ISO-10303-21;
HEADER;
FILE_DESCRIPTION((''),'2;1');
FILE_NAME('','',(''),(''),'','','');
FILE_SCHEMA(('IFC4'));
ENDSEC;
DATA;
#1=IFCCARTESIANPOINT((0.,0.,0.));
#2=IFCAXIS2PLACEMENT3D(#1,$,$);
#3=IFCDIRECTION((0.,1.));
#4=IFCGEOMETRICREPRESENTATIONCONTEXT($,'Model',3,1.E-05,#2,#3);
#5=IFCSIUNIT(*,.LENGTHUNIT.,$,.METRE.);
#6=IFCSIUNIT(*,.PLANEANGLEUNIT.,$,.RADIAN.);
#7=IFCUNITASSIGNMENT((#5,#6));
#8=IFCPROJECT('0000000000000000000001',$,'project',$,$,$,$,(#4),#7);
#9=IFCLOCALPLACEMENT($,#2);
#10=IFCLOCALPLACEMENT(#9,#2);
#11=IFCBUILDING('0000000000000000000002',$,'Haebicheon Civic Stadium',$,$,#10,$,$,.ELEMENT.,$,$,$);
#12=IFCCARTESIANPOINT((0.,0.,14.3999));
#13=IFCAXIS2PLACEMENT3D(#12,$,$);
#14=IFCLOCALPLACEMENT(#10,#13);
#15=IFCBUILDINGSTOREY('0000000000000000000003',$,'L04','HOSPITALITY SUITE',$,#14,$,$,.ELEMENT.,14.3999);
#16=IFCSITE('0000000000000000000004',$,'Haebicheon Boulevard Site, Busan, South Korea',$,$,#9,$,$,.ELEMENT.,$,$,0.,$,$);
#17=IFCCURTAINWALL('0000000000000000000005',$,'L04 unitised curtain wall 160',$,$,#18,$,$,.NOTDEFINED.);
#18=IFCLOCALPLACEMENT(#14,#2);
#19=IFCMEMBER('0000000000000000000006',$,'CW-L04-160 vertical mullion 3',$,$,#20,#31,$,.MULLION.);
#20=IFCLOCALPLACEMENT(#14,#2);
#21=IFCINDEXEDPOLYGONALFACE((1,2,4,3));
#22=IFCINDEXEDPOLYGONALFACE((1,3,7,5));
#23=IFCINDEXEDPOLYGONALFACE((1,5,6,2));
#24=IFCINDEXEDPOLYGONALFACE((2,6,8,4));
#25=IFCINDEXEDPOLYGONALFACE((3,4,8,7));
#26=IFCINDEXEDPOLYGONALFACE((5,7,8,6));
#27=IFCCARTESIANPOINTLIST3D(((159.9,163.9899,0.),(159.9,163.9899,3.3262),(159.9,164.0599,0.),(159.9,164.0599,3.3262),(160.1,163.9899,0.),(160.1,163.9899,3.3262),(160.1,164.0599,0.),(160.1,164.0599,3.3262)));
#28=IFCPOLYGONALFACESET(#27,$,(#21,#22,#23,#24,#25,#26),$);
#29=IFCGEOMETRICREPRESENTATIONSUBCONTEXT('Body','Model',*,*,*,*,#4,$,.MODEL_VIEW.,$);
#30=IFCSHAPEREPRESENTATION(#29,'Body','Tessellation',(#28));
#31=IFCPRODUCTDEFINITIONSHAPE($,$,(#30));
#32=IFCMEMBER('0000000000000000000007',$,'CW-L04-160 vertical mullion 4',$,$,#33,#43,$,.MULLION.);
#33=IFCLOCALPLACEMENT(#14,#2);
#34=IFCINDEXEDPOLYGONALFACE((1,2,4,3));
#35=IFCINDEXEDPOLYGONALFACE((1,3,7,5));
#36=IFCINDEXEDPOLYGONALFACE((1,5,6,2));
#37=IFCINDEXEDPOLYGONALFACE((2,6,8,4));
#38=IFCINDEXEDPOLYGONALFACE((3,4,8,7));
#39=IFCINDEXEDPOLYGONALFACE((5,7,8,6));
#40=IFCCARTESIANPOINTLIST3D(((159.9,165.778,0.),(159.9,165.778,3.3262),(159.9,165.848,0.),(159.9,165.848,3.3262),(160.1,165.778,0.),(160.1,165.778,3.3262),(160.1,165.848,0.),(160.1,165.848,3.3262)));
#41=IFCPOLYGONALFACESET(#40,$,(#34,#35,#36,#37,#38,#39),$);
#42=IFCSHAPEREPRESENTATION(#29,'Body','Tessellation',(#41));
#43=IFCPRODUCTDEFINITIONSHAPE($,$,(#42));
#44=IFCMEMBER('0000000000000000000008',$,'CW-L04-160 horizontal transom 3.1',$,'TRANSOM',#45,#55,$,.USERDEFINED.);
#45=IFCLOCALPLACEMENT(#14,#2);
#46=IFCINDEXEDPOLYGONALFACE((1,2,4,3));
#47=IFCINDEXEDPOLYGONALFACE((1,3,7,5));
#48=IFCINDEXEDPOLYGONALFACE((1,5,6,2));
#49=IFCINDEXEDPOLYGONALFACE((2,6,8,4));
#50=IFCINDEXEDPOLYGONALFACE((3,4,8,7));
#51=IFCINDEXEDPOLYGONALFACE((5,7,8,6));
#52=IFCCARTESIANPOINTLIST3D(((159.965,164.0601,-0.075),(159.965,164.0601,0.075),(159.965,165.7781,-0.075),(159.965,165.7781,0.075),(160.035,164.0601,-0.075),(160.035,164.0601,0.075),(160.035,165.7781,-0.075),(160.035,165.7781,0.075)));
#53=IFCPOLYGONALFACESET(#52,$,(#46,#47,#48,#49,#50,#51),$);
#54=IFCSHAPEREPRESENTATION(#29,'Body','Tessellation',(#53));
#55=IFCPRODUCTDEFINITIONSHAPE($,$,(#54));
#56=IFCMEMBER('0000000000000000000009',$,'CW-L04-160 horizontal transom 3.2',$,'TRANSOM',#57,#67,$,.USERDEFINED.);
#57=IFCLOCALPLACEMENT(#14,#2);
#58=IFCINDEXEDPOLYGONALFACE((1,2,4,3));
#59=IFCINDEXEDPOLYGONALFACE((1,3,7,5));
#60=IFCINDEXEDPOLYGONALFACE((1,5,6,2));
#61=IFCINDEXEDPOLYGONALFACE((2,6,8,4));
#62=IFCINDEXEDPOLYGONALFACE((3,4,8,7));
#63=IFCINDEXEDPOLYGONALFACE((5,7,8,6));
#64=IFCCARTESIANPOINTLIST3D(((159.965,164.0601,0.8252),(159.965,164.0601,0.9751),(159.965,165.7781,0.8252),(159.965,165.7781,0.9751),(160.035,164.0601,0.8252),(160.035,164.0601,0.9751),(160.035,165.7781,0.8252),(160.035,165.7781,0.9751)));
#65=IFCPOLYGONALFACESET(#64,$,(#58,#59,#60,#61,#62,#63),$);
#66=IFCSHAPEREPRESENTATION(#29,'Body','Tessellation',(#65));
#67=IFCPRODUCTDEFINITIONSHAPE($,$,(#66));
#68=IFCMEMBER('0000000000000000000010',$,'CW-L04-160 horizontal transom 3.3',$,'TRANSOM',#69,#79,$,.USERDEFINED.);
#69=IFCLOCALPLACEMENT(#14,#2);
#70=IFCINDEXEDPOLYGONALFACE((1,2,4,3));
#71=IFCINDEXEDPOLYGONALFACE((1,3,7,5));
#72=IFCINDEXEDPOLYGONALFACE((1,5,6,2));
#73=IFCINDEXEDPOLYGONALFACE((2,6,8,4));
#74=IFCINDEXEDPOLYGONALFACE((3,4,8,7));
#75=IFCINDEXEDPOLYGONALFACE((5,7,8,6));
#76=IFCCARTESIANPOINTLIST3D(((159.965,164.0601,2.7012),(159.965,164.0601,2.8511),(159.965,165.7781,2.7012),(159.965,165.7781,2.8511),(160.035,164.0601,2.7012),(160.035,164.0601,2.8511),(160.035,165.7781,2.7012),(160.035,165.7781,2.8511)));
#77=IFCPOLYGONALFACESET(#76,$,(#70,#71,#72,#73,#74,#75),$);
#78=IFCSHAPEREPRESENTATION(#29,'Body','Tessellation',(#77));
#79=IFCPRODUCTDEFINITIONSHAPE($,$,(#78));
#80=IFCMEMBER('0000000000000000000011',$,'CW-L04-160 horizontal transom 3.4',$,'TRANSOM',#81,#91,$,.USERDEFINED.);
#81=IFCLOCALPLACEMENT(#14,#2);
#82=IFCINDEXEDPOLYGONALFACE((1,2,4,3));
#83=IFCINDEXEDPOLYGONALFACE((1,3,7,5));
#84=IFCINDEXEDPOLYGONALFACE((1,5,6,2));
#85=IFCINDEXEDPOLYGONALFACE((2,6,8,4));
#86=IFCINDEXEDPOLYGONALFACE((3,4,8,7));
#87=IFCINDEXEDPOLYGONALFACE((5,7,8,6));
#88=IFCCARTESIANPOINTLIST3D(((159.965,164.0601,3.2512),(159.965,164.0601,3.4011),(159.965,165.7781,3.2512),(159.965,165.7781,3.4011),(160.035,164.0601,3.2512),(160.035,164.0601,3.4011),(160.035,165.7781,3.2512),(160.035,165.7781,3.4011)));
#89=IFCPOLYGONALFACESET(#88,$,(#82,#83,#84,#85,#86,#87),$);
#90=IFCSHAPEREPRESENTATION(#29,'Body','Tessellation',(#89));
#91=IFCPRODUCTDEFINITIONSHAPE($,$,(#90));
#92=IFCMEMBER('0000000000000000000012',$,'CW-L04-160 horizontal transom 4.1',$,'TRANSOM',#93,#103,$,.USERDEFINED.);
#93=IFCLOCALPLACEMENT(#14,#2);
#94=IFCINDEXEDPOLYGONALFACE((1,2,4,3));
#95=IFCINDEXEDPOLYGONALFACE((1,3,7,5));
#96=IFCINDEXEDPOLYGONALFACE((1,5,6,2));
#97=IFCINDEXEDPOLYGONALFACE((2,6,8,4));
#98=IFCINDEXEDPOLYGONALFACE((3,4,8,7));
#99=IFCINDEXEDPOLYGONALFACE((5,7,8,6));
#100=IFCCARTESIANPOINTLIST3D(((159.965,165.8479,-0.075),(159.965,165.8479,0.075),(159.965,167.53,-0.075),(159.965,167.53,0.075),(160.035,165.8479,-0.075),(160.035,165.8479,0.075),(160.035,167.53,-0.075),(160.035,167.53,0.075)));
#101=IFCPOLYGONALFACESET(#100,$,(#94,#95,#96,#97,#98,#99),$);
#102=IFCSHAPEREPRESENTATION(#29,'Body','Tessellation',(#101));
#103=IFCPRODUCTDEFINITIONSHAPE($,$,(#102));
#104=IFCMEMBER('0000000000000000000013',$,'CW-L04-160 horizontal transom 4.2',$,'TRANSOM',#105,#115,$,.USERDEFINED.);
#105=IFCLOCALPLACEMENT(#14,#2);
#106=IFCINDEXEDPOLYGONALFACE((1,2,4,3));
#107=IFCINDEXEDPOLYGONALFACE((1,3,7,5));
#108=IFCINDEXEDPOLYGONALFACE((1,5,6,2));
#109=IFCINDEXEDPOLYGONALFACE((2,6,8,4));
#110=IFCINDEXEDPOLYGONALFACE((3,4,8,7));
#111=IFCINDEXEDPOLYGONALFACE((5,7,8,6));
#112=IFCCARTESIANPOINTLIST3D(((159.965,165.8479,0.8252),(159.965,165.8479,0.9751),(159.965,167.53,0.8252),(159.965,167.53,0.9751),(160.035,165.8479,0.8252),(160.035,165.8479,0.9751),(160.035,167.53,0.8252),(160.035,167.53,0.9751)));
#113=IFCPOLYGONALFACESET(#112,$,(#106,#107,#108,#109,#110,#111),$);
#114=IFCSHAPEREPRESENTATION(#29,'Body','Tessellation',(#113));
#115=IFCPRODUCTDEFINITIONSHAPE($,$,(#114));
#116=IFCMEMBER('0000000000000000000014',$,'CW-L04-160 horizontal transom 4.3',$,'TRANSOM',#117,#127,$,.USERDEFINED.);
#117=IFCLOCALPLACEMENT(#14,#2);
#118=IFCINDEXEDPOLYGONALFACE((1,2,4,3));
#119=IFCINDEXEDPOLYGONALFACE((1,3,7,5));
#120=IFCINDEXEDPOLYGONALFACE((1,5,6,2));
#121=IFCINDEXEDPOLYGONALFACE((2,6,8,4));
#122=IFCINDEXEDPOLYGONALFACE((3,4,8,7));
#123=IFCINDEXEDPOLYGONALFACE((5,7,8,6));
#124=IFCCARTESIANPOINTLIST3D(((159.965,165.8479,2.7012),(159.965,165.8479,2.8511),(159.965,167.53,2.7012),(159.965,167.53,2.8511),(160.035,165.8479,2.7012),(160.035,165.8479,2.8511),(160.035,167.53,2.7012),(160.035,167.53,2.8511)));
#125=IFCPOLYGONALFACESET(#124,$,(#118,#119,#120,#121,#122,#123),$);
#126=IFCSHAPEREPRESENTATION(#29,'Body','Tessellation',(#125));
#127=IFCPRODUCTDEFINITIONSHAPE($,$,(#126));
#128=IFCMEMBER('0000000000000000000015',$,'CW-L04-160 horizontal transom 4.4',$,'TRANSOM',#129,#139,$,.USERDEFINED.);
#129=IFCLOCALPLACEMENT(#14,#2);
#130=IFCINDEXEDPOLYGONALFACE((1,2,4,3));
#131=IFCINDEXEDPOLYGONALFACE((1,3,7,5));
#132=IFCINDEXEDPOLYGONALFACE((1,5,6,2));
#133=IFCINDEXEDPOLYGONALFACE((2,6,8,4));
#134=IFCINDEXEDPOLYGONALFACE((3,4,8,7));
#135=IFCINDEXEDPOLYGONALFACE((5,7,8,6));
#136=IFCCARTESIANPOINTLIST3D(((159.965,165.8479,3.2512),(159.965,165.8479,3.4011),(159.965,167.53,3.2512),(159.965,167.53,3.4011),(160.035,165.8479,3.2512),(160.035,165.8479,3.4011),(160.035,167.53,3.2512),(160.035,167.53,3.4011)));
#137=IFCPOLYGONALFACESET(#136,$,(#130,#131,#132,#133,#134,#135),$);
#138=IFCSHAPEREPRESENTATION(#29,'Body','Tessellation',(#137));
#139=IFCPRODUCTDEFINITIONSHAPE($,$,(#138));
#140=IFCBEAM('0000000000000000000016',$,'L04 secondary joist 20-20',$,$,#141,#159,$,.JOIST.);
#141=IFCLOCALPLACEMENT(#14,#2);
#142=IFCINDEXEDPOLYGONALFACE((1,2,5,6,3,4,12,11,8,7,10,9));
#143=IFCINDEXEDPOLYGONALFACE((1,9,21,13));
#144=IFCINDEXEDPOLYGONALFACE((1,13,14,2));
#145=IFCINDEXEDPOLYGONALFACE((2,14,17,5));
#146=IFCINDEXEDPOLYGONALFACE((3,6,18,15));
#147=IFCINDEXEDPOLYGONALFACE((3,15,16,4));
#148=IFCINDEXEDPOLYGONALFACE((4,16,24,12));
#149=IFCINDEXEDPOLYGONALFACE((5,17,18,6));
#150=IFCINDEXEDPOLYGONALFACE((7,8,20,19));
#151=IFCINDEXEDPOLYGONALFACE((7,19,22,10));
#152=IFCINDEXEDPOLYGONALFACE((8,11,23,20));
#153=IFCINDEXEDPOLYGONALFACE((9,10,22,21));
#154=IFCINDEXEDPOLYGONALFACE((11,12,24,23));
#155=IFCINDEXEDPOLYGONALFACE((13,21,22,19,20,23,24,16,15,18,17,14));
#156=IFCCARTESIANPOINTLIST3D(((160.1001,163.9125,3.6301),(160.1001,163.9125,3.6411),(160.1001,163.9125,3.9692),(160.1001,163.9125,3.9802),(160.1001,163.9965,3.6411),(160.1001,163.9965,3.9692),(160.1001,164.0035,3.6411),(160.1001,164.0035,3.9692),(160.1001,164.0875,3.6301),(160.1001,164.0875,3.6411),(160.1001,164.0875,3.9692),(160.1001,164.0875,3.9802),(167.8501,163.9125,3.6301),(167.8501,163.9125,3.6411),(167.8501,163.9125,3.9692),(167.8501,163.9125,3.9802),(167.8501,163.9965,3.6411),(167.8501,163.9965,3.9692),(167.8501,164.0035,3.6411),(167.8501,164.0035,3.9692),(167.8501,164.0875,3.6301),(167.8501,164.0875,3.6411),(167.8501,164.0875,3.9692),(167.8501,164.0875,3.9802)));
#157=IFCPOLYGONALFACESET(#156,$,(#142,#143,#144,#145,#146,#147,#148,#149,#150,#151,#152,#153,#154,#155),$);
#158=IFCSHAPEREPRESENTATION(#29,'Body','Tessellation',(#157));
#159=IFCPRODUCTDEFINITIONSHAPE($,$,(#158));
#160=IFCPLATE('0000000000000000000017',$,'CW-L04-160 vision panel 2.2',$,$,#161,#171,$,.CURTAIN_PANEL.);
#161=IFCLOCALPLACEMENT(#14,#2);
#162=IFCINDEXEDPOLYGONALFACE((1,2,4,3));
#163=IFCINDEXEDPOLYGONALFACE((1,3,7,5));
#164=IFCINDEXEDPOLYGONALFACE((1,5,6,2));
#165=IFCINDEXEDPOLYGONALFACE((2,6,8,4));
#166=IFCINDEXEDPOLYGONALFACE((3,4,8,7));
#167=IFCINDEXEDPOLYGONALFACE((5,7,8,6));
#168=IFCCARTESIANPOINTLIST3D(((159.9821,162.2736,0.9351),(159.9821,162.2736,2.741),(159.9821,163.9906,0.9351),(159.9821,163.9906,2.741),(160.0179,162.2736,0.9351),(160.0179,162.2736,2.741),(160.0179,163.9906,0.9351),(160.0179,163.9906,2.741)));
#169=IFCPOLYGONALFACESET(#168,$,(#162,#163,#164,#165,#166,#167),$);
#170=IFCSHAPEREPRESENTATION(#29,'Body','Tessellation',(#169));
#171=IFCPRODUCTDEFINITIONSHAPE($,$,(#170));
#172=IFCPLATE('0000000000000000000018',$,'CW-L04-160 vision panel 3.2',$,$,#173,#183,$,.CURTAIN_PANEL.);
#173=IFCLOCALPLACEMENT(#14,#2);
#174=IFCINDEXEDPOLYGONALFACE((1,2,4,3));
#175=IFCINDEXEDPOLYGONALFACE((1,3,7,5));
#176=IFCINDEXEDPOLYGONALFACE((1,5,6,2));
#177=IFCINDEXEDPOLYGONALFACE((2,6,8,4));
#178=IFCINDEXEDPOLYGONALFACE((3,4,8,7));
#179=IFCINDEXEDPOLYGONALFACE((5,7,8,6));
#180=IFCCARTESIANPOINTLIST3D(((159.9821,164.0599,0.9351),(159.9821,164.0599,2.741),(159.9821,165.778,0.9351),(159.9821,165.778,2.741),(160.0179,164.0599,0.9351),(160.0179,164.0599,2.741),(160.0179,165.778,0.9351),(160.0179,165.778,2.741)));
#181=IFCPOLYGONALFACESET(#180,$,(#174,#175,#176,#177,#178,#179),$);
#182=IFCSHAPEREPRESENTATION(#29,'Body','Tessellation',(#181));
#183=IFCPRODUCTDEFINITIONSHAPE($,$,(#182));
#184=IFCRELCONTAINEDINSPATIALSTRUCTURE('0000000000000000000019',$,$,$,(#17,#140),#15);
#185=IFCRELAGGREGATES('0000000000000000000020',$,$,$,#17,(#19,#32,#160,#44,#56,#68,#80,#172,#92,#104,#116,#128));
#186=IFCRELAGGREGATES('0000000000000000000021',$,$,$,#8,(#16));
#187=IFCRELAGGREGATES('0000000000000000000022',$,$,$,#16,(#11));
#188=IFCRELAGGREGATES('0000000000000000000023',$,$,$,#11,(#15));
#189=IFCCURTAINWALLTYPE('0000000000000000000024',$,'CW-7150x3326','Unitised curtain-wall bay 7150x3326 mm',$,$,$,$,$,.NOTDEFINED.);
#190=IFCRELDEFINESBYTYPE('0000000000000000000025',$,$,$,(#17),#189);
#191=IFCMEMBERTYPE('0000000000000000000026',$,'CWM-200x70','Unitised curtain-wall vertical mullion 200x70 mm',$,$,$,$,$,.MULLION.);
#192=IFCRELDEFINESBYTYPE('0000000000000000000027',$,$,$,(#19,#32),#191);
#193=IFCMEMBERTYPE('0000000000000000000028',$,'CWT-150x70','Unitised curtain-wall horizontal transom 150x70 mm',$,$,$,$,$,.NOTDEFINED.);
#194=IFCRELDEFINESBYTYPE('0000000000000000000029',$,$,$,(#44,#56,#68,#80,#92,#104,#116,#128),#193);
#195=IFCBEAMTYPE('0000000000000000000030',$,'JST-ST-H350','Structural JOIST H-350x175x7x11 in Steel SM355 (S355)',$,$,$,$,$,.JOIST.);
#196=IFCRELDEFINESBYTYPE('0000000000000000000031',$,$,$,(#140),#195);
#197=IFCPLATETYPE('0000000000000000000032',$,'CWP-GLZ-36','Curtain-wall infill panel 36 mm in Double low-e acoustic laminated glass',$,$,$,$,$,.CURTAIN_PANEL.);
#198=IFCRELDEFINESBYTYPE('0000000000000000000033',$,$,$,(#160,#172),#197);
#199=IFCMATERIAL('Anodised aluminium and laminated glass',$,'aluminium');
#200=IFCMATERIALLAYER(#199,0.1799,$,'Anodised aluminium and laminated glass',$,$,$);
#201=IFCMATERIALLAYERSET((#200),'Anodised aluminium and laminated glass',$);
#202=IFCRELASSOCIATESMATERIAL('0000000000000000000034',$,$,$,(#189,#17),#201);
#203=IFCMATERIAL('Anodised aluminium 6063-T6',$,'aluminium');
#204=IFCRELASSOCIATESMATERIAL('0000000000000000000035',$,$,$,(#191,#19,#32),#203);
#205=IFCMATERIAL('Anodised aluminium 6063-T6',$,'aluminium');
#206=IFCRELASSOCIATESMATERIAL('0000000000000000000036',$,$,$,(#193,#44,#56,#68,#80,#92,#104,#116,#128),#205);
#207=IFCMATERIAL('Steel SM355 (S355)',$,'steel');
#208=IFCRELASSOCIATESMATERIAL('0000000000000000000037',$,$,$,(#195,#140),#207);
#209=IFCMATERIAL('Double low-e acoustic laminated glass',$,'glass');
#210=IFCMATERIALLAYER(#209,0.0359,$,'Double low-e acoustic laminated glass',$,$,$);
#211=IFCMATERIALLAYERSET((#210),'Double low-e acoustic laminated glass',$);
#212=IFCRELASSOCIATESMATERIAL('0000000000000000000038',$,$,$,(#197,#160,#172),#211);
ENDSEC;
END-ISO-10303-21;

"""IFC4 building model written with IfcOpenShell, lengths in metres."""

from ifc_helpers import new_model, si_unit, direction, frame, origin, origin_2d, place, context, subcontext, project, spatial, rectangle, i_section, extrude, material, layer, layer_set, material_profile, profile_set, type_object, element, aggregate, save


model = new_model("IFC4")

# Units and contexts
model_context = context("Model", 3, precision=1e-05, world=origin(), true_north=direction((0.0, 1.0)))
body_context = subcontext(model_context, "Body", "Model", "MODEL_VIEW")
ifc_project = project(units=[si_unit("LENGTHUNIT", "METRE"), si_unit("PLANEANGLEUNIT", "RADIAN")], contexts=[model_context])

# Site, building, storey
site_placement = place(None, origin())
site = spatial("IfcSite", under=ifc_project, at=site_placement, Name="Haebicheon Boulevard Site, Busan, South Korea", CompositionType="ELEMENT", RefElevation=0.0)
building_placement = place(site_placement, origin())
building = spatial("IfcBuilding", under=site, at=building_placement, Name="Haebicheon Civic Stadium", CompositionType="ELEMENT")
storey_placement = place(building_placement, frame((0.0, 0.0, 14.3999)))
storey = spatial("IfcBuildingStorey", under=building, at=storey_placement, Name="L04", Description="HOSPITALITY SUITE", CompositionType="ELEMENT", Elevation=14.3999)

# Curtain wall, members
ifc_material_1 = material(Name="Anodised aluminium and laminated glass", Category="aluminium")
ifc_layer_1 = layer(ifc_material_1, 0.1799, Name="Anodised aluminium and laminated glass")
ifc_layer_set_1 = layer_set([ifc_layer_1], Name="Anodised aluminium and laminated glass")
curtain_wall_type = type_object("IfcCurtainWallType", Name="CW-7150x3326", Description="Unitised curtain-wall bay 7150x3326 mm", PredefinedType="NOTDEFINED", material=ifc_layer_set_1)
curtain_wall_placement = place(storey_placement, origin())
curtain_wall = element("IfcCurtainWall", 1, at=curtain_wall_placement, inside=storey, type_object=curtain_wall_type, material=ifc_layer_set_1, Name="L04 unitised curtain wall 160", PredefinedType="NOTDEFINED")
ifc_material_2 = material(Name="Anodised aluminium 6063-T6", Category="aluminium")
ifc_material_profile_1 = material_profile(ifc_material_2, rectangle(XDim=0.0701, YDim=0.2, at=origin_2d()), Name="ALU-MULL-70x200")
ifc_profile_set_1 = profile_set([ifc_material_profile_1], Name="Anodised aluminium 6063-T6")
member_type_1 = type_object("IfcMemberType", Name="CWM-200x70", Description="Unitised curtain-wall vertical mullion 200x70 mm", PredefinedType="MULLION", material=ifc_profile_set_1)
member_1_placement = place(storey_placement, frame((160.0, 164.0249, 0.0), z_axis=(0.0, 0.0, 1.0), x_axis=(0.0, 1.0, 0.0)))
member_1 = element("IfcMember", 2, at=member_1_placement, type_object=member_type_1, material=ifc_profile_set_1, Name="CW-L04-160 vertical mullion 3", PredefinedType="MULLION", context=body_context, shape_type="SweptSolid", body=[
    extrude(rectangle(XDim=0.0701, YDim=0.2, at=origin_2d()), origin(), (0.0, 0.0, 1.0), 3.3262),
])
member_2_placement = place(storey_placement, frame((160.0, 165.813, 0.0), z_axis=(0.0, 0.0, 1.0), x_axis=(0.0, 1.0, 0.0)))
member_2 = element("IfcMember", 3, at=member_2_placement, type_object=member_type_1, material=ifc_profile_set_1, Name="CW-L04-160 vertical mullion 4", PredefinedType="MULLION", context=body_context, shape_type="SweptSolid", body=[
    extrude(rectangle(XDim=0.0701, YDim=0.2, at=origin_2d()), origin(), (0.0, 0.0, 1.0), 3.3262),
])
ifc_material_3 = material(Name="Anodised aluminium 6063-T6", Category="aluminium")
ifc_material_profile_2 = material_profile(ifc_material_3, rectangle(XDim=0.0701, YDim=0.1499, at=origin_2d()), Name="ALU-TRAN-70x150")
ifc_profile_set_2 = profile_set([ifc_material_profile_2], Name="Anodised aluminium 6063-T6")
member_type_2 = type_object("IfcMemberType", Name="CWT-150x70", Description="Unitised curtain-wall horizontal transom 150x70 mm", PredefinedType="NOTDEFINED", material=ifc_profile_set_2)
member_3_placement = place(storey_placement, frame((160.0, 164.0601, 0.0), z_axis=(0.0, 1.0, 0.0), x_axis=(-1.0, 0.0, 0.0)))
member_3 = element("IfcMember", 4, at=member_3_placement, type_object=member_type_2, material=ifc_profile_set_2, Name="CW-L04-160 horizontal transom 3.1", ObjectType="TRANSOM", PredefinedType="USERDEFINED", context=body_context, shape_type="SweptSolid", body=[
    extrude(rectangle(XDim=0.0701, YDim=0.1499, at=origin_2d()), origin(), (0.0, 0.0, 1.0), 1.718),
])
member_4_placement = place(storey_placement, frame((160.0, 164.0601, 0.9001), z_axis=(0.0, 1.0, 0.0), x_axis=(-1.0, 0.0, 0.0)))
member_4 = element("IfcMember", 5, at=member_4_placement, type_object=member_type_2, material=ifc_profile_set_2, Name="CW-L04-160 horizontal transom 3.2", ObjectType="TRANSOM", PredefinedType="USERDEFINED", context=body_context, shape_type="SweptSolid", body=[
    extrude(rectangle(XDim=0.0701, YDim=0.1499, at=origin_2d()), origin(), (0.0, 0.0, 1.0), 1.718),
])
member_5_placement = place(storey_placement, frame((160.0, 164.0601, 2.7761), z_axis=(0.0, 1.0, 0.0), x_axis=(-1.0, 0.0, 0.0)))
member_5 = element("IfcMember", 6, at=member_5_placement, type_object=member_type_2, material=ifc_profile_set_2, Name="CW-L04-160 horizontal transom 3.3", ObjectType="TRANSOM", PredefinedType="USERDEFINED", context=body_context, shape_type="SweptSolid", body=[
    extrude(rectangle(XDim=0.0701, YDim=0.1499, at=origin_2d()), origin(), (0.0, 0.0, 1.0), 1.718),
])
member_6_placement = place(storey_placement, frame((160.0, 164.0601, 3.3262), z_axis=(0.0, 1.0, 0.0), x_axis=(-1.0, 0.0, 0.0)))
member_6 = element("IfcMember", 7, at=member_6_placement, type_object=member_type_2, material=ifc_profile_set_2, Name="CW-L04-160 horizontal transom 3.4", ObjectType="TRANSOM", PredefinedType="USERDEFINED", context=body_context, shape_type="SweptSolid", body=[
    extrude(rectangle(XDim=0.0701, YDim=0.1499, at=origin_2d()), origin(), (0.0, 0.0, 1.0), 1.718),
])
member_7_placement = place(storey_placement, frame((160.0, 165.8479, 0.0), z_axis=(0.0, 1.0, 0.0), x_axis=(-1.0, 0.0, 0.0)))
member_7 = element("IfcMember", 8, at=member_7_placement, type_object=member_type_2, material=ifc_profile_set_2, Name="CW-L04-160 horizontal transom 4.1", ObjectType="TRANSOM", PredefinedType="USERDEFINED", context=body_context, shape_type="SweptSolid", body=[
    extrude(rectangle(XDim=0.0701, YDim=0.1499, at=origin_2d()), origin(), (0.0, 0.0, 1.0), 1.6821),
])
member_8_placement = place(storey_placement, frame((160.0, 165.8479, 0.9001), z_axis=(0.0, 1.0, 0.0), x_axis=(-1.0, 0.0, 0.0)))
member_8 = element("IfcMember", 9, at=member_8_placement, type_object=member_type_2, material=ifc_profile_set_2, Name="CW-L04-160 horizontal transom 4.2", ObjectType="TRANSOM", PredefinedType="USERDEFINED", context=body_context, shape_type="SweptSolid", body=[
    extrude(rectangle(XDim=0.0701, YDim=0.1499, at=origin_2d()), origin(), (0.0, 0.0, 1.0), 1.6821),
])
member_9_placement = place(storey_placement, frame((160.0, 165.8479, 2.7761), z_axis=(0.0, 1.0, 0.0), x_axis=(-1.0, 0.0, 0.0)))
member_9 = element("IfcMember", 10, at=member_9_placement, type_object=member_type_2, material=ifc_profile_set_2, Name="CW-L04-160 horizontal transom 4.3", ObjectType="TRANSOM", PredefinedType="USERDEFINED", context=body_context, shape_type="SweptSolid", body=[
    extrude(rectangle(XDim=0.0701, YDim=0.1499, at=origin_2d()), origin(), (0.0, 0.0, 1.0), 1.6821),
])
member_10_placement = place(storey_placement, frame((160.0, 165.8479, 3.3262), z_axis=(0.0, 1.0, 0.0), x_axis=(-1.0, 0.0, 0.0)))
member_10 = element("IfcMember", 11, at=member_10_placement, type_object=member_type_2, material=ifc_profile_set_2, Name="CW-L04-160 horizontal transom 4.4", ObjectType="TRANSOM", PredefinedType="USERDEFINED", context=body_context, shape_type="SweptSolid", body=[
    extrude(rectangle(XDim=0.0701, YDim=0.1499, at=origin_2d()), origin(), (0.0, 0.0, 1.0), 1.6821),
])

# Beam
ifc_material_4 = material(Name="Steel SM355 (S355)", Category="steel")
ifc_material_profile_3 = material_profile(ifc_material_4, i_section(OverallWidth=0.175, OverallDepth=0.3501, WebThickness=0.0071, FlangeThickness=0.011, at=origin_2d()), Name="H-350x175x7x11")
ifc_profile_set_3 = profile_set([ifc_material_profile_3], Name="Steel SM355 (S355)")
beam_type = type_object("IfcBeamType", Name="JST-ST-H350", Description="Structural JOIST H-350x175x7x11 in Steel SM355 (S355)", PredefinedType="JOIST", material=ifc_profile_set_3)
beam_placement = place(storey_placement, frame((160.1001, 164.0, 3.8052), z_axis=(1.0, 0.0, 0.0), x_axis=(0.0, 1.0, 0.0)))
element("IfcBeam", 12, at=beam_placement, inside=storey, type_object=beam_type, material=ifc_profile_set_3, Name="L04 secondary joist 20-20", PredefinedType="JOIST", context=body_context, shape_type="SweptSolid", body=[
    extrude(i_section(OverallWidth=0.175, OverallDepth=0.3501, WebThickness=0.0071, FlangeThickness=0.011, at=origin_2d()), origin(), (0.0, 0.0, 1.0), 7.75),
])

# Plates
ifc_material_5 = material(Name="Double low-e acoustic laminated glass", Category="glass")
ifc_layer_2 = layer(ifc_material_5, 0.0359, Name="Double low-e acoustic laminated glass")
ifc_layer_set_2 = layer_set([ifc_layer_2], Name="Double low-e acoustic laminated glass")
plate_type_1 = type_object("IfcPlateType", Name="CWP-GLZ-36", Description="Curtain-wall infill panel 36 mm in Double low-e acoustic laminated glass", PredefinedType="CURTAIN_PANEL", material=ifc_layer_set_2)
plate_1_placement = place(storey_placement, frame((160.0, 163.1321, 0.9351), z_axis=(0.0, 0.0, 1.0), x_axis=(0.0, 1.0, 0.0)))
plate_1 = element("IfcPlate", 13, at=plate_1_placement, type_object=plate_type_1, material=ifc_layer_set_2, Name="CW-L04-160 vision panel 2.2", PredefinedType="CURTAIN_PANEL", context=body_context, shape_type="SweptSolid", body=[
    extrude(rectangle(XDim=1.717, YDim=0.0359, at=origin_2d()), origin(), (0.0, 0.0, 1.0), 1.8059),
])
plate_2_placement = place(storey_placement, frame((160.0, 164.9189, 0.9351), z_axis=(0.0, 0.0, 1.0), x_axis=(0.0, 1.0, 0.0)))
plate_2 = element("IfcPlate", 14, at=plate_2_placement, type_object=plate_type_1, material=ifc_layer_set_2, Name="CW-L04-160 vision panel 3.2", PredefinedType="CURTAIN_PANEL", context=body_context, shape_type="SweptSolid", body=[
    extrude(rectangle(XDim=1.718, YDim=0.0359, at=origin_2d()), origin(), (0.0, 0.0, 1.0), 1.8059),
])
aggregate(curtain_wall, [member_1, member_2, plate_1, member_3, member_4, member_5, member_6, plate_2, member_7, member_8, member_9, member_10])

save(model, "model.ifc")
